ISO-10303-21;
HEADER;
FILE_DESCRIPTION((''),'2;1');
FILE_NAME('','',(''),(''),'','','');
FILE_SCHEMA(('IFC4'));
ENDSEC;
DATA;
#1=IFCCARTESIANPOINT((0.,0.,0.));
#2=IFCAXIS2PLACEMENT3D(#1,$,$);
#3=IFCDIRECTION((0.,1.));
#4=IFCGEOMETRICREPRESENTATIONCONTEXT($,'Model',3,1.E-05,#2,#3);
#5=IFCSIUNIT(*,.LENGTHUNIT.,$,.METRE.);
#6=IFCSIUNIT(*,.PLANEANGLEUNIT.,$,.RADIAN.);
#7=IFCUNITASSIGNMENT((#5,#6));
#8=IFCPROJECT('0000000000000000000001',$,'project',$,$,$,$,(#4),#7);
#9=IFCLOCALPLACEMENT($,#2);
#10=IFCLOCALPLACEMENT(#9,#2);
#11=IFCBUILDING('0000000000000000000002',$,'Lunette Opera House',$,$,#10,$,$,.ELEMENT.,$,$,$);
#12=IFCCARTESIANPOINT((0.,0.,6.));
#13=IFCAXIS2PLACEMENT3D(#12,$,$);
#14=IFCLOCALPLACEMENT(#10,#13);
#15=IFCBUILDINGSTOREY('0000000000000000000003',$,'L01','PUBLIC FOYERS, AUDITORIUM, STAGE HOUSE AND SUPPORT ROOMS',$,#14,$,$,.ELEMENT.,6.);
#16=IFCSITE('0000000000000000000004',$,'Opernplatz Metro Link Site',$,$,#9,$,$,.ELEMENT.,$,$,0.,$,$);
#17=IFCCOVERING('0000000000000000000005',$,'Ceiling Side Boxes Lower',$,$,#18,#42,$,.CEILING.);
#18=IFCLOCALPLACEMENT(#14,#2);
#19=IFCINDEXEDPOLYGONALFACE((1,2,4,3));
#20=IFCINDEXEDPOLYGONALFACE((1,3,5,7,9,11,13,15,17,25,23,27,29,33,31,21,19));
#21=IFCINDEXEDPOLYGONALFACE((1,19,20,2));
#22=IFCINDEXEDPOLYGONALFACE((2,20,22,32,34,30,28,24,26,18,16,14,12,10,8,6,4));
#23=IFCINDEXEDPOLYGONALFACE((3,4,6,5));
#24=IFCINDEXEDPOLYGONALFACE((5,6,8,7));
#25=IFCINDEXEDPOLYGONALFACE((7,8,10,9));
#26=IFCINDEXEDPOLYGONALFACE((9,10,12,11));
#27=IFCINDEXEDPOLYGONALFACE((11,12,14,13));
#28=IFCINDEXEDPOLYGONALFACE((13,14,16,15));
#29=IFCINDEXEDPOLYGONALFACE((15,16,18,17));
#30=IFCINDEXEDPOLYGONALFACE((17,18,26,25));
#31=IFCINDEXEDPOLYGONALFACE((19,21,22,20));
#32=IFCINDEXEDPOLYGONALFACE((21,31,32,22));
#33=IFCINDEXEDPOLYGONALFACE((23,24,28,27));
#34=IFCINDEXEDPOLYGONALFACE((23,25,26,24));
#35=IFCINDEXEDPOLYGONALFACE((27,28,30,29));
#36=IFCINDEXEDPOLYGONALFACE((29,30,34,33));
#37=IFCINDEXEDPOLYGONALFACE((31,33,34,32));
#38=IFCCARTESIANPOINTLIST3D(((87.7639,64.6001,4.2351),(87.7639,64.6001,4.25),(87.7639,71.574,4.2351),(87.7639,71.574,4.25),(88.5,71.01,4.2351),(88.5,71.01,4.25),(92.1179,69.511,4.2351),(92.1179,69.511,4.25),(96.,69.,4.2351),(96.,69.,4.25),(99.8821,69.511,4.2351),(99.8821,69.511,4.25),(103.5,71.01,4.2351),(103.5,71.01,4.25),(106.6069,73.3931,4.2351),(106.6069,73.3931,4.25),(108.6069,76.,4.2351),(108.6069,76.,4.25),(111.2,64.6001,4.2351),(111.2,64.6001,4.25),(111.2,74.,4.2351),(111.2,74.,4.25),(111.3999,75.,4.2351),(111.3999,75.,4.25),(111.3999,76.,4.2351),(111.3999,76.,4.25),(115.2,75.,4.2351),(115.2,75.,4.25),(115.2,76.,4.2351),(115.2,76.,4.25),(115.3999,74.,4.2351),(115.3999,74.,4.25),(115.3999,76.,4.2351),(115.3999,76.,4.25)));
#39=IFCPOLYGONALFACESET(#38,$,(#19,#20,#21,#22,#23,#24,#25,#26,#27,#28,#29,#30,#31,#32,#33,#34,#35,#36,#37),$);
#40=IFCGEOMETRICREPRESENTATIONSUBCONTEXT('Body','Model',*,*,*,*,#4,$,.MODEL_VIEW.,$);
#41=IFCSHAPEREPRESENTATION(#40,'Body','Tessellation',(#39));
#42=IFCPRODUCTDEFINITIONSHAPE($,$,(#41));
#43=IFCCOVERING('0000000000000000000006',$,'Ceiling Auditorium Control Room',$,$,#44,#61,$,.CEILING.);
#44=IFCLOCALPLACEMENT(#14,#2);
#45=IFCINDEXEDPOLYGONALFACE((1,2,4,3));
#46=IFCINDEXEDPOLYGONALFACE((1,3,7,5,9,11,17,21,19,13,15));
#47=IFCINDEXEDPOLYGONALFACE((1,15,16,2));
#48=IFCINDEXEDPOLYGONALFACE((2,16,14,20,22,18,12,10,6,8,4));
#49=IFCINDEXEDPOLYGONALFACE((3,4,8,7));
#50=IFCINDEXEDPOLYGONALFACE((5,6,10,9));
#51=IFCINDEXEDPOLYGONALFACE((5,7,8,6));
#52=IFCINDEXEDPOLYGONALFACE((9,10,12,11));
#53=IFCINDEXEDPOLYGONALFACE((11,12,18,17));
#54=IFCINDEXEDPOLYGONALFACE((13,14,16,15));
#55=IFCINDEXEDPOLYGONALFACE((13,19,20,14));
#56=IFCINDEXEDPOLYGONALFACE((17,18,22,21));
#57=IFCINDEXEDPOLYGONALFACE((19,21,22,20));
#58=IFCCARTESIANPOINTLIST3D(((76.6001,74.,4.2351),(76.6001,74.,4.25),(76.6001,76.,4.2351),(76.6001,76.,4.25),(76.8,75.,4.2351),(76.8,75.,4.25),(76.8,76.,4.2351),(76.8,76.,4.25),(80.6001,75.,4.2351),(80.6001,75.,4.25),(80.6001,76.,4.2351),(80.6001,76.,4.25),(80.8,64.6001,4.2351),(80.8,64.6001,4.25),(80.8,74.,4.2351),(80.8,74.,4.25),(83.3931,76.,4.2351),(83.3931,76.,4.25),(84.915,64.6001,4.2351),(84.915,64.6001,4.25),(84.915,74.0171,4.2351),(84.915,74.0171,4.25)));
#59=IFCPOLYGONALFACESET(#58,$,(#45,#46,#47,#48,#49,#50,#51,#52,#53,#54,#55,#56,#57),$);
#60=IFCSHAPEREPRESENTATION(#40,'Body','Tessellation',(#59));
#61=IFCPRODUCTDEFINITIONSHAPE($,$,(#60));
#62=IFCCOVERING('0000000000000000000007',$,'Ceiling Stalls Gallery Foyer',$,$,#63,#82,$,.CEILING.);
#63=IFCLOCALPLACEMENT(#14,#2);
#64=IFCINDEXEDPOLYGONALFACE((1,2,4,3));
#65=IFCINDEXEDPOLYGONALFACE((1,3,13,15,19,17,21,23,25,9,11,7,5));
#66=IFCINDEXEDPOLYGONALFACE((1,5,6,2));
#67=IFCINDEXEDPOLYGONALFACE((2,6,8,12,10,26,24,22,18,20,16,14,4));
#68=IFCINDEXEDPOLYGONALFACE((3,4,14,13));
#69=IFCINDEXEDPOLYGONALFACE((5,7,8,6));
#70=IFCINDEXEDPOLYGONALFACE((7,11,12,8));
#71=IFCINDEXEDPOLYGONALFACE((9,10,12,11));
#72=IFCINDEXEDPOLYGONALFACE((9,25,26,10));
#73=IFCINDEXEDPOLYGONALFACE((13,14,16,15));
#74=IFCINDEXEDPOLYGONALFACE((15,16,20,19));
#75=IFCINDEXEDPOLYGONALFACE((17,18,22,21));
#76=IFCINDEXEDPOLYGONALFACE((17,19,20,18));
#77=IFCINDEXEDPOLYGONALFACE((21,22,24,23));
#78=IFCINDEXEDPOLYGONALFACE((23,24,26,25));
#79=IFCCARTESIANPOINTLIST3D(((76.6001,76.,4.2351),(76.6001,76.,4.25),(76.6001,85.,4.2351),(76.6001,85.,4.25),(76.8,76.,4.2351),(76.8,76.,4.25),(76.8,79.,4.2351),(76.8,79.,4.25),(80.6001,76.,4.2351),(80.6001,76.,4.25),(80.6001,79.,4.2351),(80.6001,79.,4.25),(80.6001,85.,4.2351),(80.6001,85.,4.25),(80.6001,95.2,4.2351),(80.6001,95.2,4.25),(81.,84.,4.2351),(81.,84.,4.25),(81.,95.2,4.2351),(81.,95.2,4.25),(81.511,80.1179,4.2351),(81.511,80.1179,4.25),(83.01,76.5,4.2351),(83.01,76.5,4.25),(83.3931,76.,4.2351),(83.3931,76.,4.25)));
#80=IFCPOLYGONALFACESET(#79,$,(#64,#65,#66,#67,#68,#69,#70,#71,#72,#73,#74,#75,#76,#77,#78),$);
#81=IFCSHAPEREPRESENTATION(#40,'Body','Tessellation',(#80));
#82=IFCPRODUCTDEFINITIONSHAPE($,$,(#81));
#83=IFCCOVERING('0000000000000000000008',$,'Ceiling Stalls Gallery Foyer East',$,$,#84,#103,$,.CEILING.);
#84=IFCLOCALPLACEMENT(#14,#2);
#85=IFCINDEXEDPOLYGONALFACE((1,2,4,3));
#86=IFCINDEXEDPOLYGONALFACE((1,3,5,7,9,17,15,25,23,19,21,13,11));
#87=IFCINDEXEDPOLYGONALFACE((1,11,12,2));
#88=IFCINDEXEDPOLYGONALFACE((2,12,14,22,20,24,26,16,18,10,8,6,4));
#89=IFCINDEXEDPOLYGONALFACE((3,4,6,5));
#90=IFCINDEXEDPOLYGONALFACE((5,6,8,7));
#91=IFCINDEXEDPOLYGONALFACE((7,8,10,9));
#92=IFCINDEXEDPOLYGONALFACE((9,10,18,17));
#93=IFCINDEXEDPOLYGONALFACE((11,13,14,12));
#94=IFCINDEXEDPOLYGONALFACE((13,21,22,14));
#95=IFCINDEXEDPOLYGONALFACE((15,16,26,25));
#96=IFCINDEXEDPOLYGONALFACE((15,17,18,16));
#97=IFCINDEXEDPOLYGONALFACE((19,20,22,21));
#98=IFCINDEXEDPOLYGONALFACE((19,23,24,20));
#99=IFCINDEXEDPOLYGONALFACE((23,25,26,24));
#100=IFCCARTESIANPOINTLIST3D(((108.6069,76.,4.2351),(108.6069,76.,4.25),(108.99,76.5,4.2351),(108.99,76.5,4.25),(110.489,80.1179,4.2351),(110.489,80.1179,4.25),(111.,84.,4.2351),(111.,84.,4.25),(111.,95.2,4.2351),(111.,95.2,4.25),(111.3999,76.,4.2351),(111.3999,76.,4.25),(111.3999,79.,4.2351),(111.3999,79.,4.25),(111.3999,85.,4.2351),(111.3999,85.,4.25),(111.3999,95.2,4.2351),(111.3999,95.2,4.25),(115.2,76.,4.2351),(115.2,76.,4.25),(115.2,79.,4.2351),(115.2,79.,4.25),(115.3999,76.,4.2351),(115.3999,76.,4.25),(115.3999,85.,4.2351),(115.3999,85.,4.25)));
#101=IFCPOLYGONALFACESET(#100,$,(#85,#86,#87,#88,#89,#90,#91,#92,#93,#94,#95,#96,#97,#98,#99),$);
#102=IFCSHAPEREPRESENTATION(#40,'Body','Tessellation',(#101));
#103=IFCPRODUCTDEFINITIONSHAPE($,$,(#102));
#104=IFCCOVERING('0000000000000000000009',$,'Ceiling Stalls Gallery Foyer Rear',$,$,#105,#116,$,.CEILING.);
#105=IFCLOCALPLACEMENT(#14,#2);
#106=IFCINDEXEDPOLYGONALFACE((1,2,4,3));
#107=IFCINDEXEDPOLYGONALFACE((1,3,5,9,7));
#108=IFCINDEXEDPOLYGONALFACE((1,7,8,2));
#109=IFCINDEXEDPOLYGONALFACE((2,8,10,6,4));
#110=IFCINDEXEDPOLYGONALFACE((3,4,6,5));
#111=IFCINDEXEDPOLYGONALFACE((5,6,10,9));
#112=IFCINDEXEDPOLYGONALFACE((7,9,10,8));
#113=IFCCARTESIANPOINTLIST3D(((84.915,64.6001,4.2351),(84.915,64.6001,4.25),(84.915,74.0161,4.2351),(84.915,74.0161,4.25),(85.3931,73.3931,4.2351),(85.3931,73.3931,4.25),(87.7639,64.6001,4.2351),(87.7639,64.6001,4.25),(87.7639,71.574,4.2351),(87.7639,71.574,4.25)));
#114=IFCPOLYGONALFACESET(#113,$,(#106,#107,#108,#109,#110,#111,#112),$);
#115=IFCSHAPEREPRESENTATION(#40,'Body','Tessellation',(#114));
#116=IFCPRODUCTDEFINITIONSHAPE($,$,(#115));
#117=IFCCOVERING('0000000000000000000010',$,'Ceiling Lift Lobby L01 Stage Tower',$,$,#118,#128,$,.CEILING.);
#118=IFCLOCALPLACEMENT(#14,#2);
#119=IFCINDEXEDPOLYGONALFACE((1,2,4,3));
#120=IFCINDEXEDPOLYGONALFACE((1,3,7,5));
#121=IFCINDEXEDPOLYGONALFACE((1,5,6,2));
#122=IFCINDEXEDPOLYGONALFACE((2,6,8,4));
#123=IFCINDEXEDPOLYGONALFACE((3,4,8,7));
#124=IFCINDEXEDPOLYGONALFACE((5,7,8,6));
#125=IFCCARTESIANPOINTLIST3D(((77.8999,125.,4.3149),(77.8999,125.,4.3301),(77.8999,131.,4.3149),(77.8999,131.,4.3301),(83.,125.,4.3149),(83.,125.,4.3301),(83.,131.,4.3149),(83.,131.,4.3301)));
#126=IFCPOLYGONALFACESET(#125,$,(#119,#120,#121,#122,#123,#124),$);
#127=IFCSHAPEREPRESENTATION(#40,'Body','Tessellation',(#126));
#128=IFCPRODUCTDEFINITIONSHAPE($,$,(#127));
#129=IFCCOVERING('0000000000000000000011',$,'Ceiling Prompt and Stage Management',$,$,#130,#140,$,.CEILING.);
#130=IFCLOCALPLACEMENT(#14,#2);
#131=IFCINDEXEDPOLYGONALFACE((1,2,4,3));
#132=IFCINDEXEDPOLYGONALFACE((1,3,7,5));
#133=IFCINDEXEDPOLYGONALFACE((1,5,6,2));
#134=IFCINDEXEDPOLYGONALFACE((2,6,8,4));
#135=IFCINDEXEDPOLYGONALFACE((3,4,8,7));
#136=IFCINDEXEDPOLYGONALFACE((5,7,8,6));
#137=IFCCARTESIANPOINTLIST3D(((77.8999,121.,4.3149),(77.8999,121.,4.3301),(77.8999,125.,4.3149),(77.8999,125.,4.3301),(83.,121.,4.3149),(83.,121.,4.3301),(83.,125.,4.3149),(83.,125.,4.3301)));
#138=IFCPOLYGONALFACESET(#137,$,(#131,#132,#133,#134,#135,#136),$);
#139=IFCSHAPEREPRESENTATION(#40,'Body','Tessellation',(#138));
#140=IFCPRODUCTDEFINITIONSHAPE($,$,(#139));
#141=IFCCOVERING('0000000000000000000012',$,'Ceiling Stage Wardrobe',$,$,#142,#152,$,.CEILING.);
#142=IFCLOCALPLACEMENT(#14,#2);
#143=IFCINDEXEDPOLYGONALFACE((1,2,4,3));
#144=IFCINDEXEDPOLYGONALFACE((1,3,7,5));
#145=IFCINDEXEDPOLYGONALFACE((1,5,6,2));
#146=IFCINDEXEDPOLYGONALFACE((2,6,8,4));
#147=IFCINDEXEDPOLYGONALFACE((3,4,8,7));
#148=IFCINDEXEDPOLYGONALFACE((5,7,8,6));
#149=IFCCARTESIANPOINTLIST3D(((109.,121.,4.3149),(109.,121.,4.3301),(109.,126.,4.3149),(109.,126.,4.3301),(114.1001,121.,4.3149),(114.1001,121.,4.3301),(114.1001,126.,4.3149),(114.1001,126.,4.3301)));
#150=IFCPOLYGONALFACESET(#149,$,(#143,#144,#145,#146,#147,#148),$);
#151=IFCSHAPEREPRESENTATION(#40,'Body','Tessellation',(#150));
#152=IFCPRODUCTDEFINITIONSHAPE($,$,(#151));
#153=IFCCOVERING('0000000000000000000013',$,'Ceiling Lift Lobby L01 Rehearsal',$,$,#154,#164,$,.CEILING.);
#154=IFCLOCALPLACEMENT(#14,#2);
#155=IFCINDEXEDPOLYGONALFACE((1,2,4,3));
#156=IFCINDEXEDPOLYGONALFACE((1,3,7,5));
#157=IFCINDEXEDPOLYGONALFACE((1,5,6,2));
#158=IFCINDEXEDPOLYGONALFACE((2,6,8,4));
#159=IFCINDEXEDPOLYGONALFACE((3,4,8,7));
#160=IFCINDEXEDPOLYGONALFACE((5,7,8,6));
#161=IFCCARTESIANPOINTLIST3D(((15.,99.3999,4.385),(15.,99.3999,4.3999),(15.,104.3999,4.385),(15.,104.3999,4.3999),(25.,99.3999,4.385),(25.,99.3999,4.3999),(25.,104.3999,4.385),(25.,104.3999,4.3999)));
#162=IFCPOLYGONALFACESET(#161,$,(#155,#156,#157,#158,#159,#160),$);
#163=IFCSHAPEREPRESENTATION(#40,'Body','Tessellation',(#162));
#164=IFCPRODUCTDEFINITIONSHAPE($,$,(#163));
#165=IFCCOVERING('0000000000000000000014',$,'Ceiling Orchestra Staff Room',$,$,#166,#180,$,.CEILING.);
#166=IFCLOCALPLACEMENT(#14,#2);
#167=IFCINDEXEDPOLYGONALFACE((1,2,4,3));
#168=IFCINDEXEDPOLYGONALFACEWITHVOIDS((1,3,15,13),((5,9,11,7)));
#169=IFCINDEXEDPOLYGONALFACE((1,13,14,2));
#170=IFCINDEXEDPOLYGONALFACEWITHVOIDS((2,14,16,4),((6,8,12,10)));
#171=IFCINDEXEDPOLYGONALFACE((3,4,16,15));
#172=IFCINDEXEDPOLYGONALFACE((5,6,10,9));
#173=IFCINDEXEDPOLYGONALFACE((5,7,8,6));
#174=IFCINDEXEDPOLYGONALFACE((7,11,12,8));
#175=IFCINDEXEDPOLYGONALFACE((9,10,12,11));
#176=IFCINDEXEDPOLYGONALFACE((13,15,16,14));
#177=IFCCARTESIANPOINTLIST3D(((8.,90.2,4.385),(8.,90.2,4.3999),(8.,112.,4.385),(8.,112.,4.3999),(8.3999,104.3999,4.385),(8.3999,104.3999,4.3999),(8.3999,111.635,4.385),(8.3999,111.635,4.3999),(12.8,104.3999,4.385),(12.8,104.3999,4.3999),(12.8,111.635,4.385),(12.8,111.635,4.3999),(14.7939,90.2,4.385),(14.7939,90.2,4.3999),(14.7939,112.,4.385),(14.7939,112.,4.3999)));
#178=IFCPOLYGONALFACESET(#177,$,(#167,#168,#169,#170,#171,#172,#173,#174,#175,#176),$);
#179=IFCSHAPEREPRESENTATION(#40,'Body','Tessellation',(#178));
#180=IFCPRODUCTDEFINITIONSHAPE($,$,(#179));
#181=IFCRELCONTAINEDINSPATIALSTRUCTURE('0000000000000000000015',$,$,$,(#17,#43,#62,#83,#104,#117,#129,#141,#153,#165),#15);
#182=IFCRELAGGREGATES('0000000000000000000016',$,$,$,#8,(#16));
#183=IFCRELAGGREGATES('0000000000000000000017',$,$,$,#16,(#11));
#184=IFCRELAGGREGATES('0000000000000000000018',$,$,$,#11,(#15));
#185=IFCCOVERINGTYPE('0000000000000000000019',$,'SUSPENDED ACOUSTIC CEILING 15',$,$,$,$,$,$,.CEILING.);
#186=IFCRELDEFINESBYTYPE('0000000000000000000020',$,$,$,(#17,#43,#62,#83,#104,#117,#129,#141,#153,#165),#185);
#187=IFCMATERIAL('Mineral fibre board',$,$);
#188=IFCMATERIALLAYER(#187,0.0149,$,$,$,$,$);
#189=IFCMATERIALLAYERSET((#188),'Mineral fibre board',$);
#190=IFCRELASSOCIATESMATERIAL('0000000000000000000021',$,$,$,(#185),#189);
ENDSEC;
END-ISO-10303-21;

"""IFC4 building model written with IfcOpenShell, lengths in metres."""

from ifc_helpers import new_model, si_unit, direction, frame, origin, place, context, subcontext, project, spatial, polyline, outline, extrude, material, layer, layer_set, type_object, element, save


model = new_model("IFC4")

# Units and contexts
model_context = context("Model", 3, precision=1e-05, world=origin(), true_north=direction((0.0, 1.0)))
body_context = subcontext(model_context, "Body", "Model", "MODEL_VIEW")
ifc_project = project(units=[si_unit("LENGTHUNIT", "METRE"), si_unit("PLANEANGLEUNIT", "RADIAN")], contexts=[model_context])

# Site, building, storey
site_placement = place(None, origin())
site = spatial("IfcSite", under=ifc_project, at=site_placement, Name="Opernplatz Metro Link Site", CompositionType="ELEMENT", RefElevation=0.0)
building_placement = place(site_placement, origin())
building = spatial("IfcBuilding", under=site, at=building_placement, Name="Lunette Opera House", CompositionType="ELEMENT")
storey_placement = place(building_placement, frame((0.0, 0.0, 6.0)))
storey = spatial("IfcBuildingStorey", under=building, at=storey_placement, Name="L01", Description="PUBLIC FOYERS, AUDITORIUM, STAGE HOUSE AND SUPPORT ROOMS", CompositionType="ELEMENT", Elevation=6.0)

# Coverings
ifc_material_1 = material(Name="Mineral fibre board")
ifc_layer_1 = layer(ifc_material_1, 0.0149)
ifc_layer_set_1 = layer_set([ifc_layer_1], Name="Mineral fibre board")
covering_type = type_object("IfcCoveringType", Name="SUSPENDED ACOUSTIC CEILING 15", PredefinedType="CEILING", material=ifc_layer_set_1)
covering_1_placement = place(storey_placement, frame((0.0, 0.0, 4.2351)))
element("IfcCovering", 1, at=covering_1_placement, inside=storey, type_object=covering_type, Name="Ceiling Side Boxes Lower", PredefinedType="CEILING", context=body_context, shape_type="SweptSolid", body=[
    extrude(outline(polyline([(87.7639, 64.6001), (87.7639, 71.574), (88.5, 71.01), (92.1179, 69.511), (96.0, 69.0), (99.8821, 69.511), (103.5, 71.01), (106.6069, 73.3931), (108.6069, 76.0), (111.3999, 76.0), (111.3999, 75.0), (115.2, 75.0), (115.2, 76.0), (115.3999, 76.0), (115.3999, 74.0), (111.2, 74.0), (111.2, 64.6001), (87.7639, 64.6001)])), origin(), (0.0, 0.0, 1.0), 0.0149),
])
covering_2_placement = place(storey_placement, frame((0.0, 0.0, 4.2351)))
element("IfcCovering", 2, at=covering_2_placement, inside=storey, type_object=covering_type, Name="Ceiling Auditorium Control Room", PredefinedType="CEILING", context=body_context, shape_type="SweptSolid", body=[
    extrude(outline(polyline([(76.6001, 74.0), (76.6001, 76.0), (76.8, 76.0), (76.8, 75.0), (80.6001, 75.0), (80.6001, 76.0), (83.3931, 76.0), (84.915, 74.0171), (84.915, 64.6001), (80.8, 64.6001), (80.8, 74.0), (76.6001, 74.0)])), origin(), (0.0, 0.0, 1.0), 0.0149),
])
covering_3_placement = place(storey_placement, frame((0.0, 0.0, 4.2351)))
element("IfcCovering", 3, at=covering_3_placement, inside=storey, type_object=covering_type, Name="Ceiling Stalls Gallery Foyer", PredefinedType="CEILING", context=body_context, shape_type="SweptSolid", body=[
    extrude(outline(polyline([(80.6001, 95.2), (81.0, 95.2), (81.0, 84.0), (81.511, 80.1179), (83.01, 76.5), (83.3931, 76.0), (80.6001, 76.0), (80.6001, 79.0), (76.8, 79.0), (76.8, 76.0), (76.6001, 76.0), (76.6001, 85.0), (80.6001, 85.0), (80.6001, 95.2)])), origin(), (0.0, 0.0, 1.0), 0.0149),
])
covering_4_placement = place(storey_placement, frame((0.0, 0.0, 4.2351)))
element("IfcCovering", 4, at=covering_4_placement, inside=storey, type_object=covering_type, Name="Ceiling Stalls Gallery Foyer East", PredefinedType="CEILING", context=body_context, shape_type="SweptSolid", body=[
    extrude(outline(polyline([(111.0, 95.2), (111.3999, 95.2), (111.3999, 85.0), (115.3999, 85.0), (115.3999, 76.0), (115.2, 76.0), (115.2, 79.0), (111.3999, 79.0), (111.3999, 76.0), (108.6069, 76.0), (108.99, 76.5), (110.489, 80.1179), (111.0, 84.0), (111.0, 95.2)])), origin(), (0.0, 0.0, 1.0), 0.0149),
])
covering_5_placement = place(storey_placement, frame((0.0, 0.0, 4.2351)))
element("IfcCovering", 5, at=covering_5_placement, inside=storey, type_object=covering_type, Name="Ceiling Stalls Gallery Foyer Rear", PredefinedType="CEILING", context=body_context, shape_type="SweptSolid", body=[
    extrude(outline(polyline([(87.7639, 71.574), (87.7639, 64.6001), (84.915, 64.6001), (84.915, 74.0161), (85.3931, 73.3931), (87.7639, 71.574)])), origin(), (0.0, 0.0, 1.0), 0.0149),
])
covering_6_placement = place(storey_placement, frame((0.0, 0.0, 4.3149)))
element("IfcCovering", 6, at=covering_6_placement, inside=storey, type_object=covering_type, Name="Ceiling Lift Lobby L01 Stage Tower", PredefinedType="CEILING", context=body_context, shape_type="SweptSolid", body=[
    extrude(outline(polyline([(83.0, 125.0), (83.0, 131.0), (77.8999, 131.0), (77.8999, 125.0), (83.0, 125.0)])), origin(), (0.0, 0.0, 1.0), 0.0151),
])
covering_7_placement = place(storey_placement, frame((0.0, 0.0, 4.3149)))
element("IfcCovering", 7, at=covering_7_placement, inside=storey, type_object=covering_type, Name="Ceiling Prompt and Stage Management", PredefinedType="CEILING", context=body_context, shape_type="SweptSolid", body=[
    extrude(outline(polyline([(77.8999, 125.0), (83.0, 125.0), (83.0, 121.0), (77.8999, 121.0), (77.8999, 125.0)])), origin(), (0.0, 0.0, 1.0), 0.0151),
])
covering_8_placement = place(storey_placement, frame((0.0, 0.0, 4.3149)))
element("IfcCovering", 8, at=covering_8_placement, inside=storey, type_object=covering_type, Name="Ceiling Stage Wardrobe", PredefinedType="CEILING", context=body_context, shape_type="SweptSolid", body=[
    extrude(outline(polyline([(109.0, 126.0), (114.1001, 126.0), (114.1001, 121.0), (109.0, 121.0), (109.0, 126.0)])), origin(), (0.0, 0.0, 1.0), 0.0151),
])
covering_9_placement = place(storey_placement, frame((0.0, 0.0, 4.385)))
element("IfcCovering", 9, at=covering_9_placement, inside=storey, type_object=covering_type, Name="Ceiling Lift Lobby L01 Rehearsal", PredefinedType="CEILING", context=body_context, shape_type="SweptSolid", body=[
    extrude(outline(polyline([(25.0, 99.3999), (25.0, 104.3999), (15.0, 104.3999), (15.0, 99.3999), (25.0, 99.3999)])), origin(), (0.0, 0.0, 1.0), 0.0149),
])
covering_10_placement = place(storey_placement, frame((0.0, 0.0, 4.385)))
element("IfcCovering", 10, at=covering_10_placement, inside=storey, type_object=covering_type, Name="Ceiling Orchestra Staff Room", PredefinedType="CEILING", context=body_context, shape_type="SweptSolid", body=[
    extrude(outline(polyline([(8.0, 90.2), (8.0, 112.0), (14.7939, 112.0), (14.7939, 90.2), (8.0, 90.2)]), holes=[polyline([(8.3999, 104.3999), (12.8, 104.3999), (12.8, 111.635), (8.3999, 111.635), (8.3999, 104.3999)])]), origin(), (0.0, 0.0, 1.0), 0.0149),
])

save(model, "model.ifc")
